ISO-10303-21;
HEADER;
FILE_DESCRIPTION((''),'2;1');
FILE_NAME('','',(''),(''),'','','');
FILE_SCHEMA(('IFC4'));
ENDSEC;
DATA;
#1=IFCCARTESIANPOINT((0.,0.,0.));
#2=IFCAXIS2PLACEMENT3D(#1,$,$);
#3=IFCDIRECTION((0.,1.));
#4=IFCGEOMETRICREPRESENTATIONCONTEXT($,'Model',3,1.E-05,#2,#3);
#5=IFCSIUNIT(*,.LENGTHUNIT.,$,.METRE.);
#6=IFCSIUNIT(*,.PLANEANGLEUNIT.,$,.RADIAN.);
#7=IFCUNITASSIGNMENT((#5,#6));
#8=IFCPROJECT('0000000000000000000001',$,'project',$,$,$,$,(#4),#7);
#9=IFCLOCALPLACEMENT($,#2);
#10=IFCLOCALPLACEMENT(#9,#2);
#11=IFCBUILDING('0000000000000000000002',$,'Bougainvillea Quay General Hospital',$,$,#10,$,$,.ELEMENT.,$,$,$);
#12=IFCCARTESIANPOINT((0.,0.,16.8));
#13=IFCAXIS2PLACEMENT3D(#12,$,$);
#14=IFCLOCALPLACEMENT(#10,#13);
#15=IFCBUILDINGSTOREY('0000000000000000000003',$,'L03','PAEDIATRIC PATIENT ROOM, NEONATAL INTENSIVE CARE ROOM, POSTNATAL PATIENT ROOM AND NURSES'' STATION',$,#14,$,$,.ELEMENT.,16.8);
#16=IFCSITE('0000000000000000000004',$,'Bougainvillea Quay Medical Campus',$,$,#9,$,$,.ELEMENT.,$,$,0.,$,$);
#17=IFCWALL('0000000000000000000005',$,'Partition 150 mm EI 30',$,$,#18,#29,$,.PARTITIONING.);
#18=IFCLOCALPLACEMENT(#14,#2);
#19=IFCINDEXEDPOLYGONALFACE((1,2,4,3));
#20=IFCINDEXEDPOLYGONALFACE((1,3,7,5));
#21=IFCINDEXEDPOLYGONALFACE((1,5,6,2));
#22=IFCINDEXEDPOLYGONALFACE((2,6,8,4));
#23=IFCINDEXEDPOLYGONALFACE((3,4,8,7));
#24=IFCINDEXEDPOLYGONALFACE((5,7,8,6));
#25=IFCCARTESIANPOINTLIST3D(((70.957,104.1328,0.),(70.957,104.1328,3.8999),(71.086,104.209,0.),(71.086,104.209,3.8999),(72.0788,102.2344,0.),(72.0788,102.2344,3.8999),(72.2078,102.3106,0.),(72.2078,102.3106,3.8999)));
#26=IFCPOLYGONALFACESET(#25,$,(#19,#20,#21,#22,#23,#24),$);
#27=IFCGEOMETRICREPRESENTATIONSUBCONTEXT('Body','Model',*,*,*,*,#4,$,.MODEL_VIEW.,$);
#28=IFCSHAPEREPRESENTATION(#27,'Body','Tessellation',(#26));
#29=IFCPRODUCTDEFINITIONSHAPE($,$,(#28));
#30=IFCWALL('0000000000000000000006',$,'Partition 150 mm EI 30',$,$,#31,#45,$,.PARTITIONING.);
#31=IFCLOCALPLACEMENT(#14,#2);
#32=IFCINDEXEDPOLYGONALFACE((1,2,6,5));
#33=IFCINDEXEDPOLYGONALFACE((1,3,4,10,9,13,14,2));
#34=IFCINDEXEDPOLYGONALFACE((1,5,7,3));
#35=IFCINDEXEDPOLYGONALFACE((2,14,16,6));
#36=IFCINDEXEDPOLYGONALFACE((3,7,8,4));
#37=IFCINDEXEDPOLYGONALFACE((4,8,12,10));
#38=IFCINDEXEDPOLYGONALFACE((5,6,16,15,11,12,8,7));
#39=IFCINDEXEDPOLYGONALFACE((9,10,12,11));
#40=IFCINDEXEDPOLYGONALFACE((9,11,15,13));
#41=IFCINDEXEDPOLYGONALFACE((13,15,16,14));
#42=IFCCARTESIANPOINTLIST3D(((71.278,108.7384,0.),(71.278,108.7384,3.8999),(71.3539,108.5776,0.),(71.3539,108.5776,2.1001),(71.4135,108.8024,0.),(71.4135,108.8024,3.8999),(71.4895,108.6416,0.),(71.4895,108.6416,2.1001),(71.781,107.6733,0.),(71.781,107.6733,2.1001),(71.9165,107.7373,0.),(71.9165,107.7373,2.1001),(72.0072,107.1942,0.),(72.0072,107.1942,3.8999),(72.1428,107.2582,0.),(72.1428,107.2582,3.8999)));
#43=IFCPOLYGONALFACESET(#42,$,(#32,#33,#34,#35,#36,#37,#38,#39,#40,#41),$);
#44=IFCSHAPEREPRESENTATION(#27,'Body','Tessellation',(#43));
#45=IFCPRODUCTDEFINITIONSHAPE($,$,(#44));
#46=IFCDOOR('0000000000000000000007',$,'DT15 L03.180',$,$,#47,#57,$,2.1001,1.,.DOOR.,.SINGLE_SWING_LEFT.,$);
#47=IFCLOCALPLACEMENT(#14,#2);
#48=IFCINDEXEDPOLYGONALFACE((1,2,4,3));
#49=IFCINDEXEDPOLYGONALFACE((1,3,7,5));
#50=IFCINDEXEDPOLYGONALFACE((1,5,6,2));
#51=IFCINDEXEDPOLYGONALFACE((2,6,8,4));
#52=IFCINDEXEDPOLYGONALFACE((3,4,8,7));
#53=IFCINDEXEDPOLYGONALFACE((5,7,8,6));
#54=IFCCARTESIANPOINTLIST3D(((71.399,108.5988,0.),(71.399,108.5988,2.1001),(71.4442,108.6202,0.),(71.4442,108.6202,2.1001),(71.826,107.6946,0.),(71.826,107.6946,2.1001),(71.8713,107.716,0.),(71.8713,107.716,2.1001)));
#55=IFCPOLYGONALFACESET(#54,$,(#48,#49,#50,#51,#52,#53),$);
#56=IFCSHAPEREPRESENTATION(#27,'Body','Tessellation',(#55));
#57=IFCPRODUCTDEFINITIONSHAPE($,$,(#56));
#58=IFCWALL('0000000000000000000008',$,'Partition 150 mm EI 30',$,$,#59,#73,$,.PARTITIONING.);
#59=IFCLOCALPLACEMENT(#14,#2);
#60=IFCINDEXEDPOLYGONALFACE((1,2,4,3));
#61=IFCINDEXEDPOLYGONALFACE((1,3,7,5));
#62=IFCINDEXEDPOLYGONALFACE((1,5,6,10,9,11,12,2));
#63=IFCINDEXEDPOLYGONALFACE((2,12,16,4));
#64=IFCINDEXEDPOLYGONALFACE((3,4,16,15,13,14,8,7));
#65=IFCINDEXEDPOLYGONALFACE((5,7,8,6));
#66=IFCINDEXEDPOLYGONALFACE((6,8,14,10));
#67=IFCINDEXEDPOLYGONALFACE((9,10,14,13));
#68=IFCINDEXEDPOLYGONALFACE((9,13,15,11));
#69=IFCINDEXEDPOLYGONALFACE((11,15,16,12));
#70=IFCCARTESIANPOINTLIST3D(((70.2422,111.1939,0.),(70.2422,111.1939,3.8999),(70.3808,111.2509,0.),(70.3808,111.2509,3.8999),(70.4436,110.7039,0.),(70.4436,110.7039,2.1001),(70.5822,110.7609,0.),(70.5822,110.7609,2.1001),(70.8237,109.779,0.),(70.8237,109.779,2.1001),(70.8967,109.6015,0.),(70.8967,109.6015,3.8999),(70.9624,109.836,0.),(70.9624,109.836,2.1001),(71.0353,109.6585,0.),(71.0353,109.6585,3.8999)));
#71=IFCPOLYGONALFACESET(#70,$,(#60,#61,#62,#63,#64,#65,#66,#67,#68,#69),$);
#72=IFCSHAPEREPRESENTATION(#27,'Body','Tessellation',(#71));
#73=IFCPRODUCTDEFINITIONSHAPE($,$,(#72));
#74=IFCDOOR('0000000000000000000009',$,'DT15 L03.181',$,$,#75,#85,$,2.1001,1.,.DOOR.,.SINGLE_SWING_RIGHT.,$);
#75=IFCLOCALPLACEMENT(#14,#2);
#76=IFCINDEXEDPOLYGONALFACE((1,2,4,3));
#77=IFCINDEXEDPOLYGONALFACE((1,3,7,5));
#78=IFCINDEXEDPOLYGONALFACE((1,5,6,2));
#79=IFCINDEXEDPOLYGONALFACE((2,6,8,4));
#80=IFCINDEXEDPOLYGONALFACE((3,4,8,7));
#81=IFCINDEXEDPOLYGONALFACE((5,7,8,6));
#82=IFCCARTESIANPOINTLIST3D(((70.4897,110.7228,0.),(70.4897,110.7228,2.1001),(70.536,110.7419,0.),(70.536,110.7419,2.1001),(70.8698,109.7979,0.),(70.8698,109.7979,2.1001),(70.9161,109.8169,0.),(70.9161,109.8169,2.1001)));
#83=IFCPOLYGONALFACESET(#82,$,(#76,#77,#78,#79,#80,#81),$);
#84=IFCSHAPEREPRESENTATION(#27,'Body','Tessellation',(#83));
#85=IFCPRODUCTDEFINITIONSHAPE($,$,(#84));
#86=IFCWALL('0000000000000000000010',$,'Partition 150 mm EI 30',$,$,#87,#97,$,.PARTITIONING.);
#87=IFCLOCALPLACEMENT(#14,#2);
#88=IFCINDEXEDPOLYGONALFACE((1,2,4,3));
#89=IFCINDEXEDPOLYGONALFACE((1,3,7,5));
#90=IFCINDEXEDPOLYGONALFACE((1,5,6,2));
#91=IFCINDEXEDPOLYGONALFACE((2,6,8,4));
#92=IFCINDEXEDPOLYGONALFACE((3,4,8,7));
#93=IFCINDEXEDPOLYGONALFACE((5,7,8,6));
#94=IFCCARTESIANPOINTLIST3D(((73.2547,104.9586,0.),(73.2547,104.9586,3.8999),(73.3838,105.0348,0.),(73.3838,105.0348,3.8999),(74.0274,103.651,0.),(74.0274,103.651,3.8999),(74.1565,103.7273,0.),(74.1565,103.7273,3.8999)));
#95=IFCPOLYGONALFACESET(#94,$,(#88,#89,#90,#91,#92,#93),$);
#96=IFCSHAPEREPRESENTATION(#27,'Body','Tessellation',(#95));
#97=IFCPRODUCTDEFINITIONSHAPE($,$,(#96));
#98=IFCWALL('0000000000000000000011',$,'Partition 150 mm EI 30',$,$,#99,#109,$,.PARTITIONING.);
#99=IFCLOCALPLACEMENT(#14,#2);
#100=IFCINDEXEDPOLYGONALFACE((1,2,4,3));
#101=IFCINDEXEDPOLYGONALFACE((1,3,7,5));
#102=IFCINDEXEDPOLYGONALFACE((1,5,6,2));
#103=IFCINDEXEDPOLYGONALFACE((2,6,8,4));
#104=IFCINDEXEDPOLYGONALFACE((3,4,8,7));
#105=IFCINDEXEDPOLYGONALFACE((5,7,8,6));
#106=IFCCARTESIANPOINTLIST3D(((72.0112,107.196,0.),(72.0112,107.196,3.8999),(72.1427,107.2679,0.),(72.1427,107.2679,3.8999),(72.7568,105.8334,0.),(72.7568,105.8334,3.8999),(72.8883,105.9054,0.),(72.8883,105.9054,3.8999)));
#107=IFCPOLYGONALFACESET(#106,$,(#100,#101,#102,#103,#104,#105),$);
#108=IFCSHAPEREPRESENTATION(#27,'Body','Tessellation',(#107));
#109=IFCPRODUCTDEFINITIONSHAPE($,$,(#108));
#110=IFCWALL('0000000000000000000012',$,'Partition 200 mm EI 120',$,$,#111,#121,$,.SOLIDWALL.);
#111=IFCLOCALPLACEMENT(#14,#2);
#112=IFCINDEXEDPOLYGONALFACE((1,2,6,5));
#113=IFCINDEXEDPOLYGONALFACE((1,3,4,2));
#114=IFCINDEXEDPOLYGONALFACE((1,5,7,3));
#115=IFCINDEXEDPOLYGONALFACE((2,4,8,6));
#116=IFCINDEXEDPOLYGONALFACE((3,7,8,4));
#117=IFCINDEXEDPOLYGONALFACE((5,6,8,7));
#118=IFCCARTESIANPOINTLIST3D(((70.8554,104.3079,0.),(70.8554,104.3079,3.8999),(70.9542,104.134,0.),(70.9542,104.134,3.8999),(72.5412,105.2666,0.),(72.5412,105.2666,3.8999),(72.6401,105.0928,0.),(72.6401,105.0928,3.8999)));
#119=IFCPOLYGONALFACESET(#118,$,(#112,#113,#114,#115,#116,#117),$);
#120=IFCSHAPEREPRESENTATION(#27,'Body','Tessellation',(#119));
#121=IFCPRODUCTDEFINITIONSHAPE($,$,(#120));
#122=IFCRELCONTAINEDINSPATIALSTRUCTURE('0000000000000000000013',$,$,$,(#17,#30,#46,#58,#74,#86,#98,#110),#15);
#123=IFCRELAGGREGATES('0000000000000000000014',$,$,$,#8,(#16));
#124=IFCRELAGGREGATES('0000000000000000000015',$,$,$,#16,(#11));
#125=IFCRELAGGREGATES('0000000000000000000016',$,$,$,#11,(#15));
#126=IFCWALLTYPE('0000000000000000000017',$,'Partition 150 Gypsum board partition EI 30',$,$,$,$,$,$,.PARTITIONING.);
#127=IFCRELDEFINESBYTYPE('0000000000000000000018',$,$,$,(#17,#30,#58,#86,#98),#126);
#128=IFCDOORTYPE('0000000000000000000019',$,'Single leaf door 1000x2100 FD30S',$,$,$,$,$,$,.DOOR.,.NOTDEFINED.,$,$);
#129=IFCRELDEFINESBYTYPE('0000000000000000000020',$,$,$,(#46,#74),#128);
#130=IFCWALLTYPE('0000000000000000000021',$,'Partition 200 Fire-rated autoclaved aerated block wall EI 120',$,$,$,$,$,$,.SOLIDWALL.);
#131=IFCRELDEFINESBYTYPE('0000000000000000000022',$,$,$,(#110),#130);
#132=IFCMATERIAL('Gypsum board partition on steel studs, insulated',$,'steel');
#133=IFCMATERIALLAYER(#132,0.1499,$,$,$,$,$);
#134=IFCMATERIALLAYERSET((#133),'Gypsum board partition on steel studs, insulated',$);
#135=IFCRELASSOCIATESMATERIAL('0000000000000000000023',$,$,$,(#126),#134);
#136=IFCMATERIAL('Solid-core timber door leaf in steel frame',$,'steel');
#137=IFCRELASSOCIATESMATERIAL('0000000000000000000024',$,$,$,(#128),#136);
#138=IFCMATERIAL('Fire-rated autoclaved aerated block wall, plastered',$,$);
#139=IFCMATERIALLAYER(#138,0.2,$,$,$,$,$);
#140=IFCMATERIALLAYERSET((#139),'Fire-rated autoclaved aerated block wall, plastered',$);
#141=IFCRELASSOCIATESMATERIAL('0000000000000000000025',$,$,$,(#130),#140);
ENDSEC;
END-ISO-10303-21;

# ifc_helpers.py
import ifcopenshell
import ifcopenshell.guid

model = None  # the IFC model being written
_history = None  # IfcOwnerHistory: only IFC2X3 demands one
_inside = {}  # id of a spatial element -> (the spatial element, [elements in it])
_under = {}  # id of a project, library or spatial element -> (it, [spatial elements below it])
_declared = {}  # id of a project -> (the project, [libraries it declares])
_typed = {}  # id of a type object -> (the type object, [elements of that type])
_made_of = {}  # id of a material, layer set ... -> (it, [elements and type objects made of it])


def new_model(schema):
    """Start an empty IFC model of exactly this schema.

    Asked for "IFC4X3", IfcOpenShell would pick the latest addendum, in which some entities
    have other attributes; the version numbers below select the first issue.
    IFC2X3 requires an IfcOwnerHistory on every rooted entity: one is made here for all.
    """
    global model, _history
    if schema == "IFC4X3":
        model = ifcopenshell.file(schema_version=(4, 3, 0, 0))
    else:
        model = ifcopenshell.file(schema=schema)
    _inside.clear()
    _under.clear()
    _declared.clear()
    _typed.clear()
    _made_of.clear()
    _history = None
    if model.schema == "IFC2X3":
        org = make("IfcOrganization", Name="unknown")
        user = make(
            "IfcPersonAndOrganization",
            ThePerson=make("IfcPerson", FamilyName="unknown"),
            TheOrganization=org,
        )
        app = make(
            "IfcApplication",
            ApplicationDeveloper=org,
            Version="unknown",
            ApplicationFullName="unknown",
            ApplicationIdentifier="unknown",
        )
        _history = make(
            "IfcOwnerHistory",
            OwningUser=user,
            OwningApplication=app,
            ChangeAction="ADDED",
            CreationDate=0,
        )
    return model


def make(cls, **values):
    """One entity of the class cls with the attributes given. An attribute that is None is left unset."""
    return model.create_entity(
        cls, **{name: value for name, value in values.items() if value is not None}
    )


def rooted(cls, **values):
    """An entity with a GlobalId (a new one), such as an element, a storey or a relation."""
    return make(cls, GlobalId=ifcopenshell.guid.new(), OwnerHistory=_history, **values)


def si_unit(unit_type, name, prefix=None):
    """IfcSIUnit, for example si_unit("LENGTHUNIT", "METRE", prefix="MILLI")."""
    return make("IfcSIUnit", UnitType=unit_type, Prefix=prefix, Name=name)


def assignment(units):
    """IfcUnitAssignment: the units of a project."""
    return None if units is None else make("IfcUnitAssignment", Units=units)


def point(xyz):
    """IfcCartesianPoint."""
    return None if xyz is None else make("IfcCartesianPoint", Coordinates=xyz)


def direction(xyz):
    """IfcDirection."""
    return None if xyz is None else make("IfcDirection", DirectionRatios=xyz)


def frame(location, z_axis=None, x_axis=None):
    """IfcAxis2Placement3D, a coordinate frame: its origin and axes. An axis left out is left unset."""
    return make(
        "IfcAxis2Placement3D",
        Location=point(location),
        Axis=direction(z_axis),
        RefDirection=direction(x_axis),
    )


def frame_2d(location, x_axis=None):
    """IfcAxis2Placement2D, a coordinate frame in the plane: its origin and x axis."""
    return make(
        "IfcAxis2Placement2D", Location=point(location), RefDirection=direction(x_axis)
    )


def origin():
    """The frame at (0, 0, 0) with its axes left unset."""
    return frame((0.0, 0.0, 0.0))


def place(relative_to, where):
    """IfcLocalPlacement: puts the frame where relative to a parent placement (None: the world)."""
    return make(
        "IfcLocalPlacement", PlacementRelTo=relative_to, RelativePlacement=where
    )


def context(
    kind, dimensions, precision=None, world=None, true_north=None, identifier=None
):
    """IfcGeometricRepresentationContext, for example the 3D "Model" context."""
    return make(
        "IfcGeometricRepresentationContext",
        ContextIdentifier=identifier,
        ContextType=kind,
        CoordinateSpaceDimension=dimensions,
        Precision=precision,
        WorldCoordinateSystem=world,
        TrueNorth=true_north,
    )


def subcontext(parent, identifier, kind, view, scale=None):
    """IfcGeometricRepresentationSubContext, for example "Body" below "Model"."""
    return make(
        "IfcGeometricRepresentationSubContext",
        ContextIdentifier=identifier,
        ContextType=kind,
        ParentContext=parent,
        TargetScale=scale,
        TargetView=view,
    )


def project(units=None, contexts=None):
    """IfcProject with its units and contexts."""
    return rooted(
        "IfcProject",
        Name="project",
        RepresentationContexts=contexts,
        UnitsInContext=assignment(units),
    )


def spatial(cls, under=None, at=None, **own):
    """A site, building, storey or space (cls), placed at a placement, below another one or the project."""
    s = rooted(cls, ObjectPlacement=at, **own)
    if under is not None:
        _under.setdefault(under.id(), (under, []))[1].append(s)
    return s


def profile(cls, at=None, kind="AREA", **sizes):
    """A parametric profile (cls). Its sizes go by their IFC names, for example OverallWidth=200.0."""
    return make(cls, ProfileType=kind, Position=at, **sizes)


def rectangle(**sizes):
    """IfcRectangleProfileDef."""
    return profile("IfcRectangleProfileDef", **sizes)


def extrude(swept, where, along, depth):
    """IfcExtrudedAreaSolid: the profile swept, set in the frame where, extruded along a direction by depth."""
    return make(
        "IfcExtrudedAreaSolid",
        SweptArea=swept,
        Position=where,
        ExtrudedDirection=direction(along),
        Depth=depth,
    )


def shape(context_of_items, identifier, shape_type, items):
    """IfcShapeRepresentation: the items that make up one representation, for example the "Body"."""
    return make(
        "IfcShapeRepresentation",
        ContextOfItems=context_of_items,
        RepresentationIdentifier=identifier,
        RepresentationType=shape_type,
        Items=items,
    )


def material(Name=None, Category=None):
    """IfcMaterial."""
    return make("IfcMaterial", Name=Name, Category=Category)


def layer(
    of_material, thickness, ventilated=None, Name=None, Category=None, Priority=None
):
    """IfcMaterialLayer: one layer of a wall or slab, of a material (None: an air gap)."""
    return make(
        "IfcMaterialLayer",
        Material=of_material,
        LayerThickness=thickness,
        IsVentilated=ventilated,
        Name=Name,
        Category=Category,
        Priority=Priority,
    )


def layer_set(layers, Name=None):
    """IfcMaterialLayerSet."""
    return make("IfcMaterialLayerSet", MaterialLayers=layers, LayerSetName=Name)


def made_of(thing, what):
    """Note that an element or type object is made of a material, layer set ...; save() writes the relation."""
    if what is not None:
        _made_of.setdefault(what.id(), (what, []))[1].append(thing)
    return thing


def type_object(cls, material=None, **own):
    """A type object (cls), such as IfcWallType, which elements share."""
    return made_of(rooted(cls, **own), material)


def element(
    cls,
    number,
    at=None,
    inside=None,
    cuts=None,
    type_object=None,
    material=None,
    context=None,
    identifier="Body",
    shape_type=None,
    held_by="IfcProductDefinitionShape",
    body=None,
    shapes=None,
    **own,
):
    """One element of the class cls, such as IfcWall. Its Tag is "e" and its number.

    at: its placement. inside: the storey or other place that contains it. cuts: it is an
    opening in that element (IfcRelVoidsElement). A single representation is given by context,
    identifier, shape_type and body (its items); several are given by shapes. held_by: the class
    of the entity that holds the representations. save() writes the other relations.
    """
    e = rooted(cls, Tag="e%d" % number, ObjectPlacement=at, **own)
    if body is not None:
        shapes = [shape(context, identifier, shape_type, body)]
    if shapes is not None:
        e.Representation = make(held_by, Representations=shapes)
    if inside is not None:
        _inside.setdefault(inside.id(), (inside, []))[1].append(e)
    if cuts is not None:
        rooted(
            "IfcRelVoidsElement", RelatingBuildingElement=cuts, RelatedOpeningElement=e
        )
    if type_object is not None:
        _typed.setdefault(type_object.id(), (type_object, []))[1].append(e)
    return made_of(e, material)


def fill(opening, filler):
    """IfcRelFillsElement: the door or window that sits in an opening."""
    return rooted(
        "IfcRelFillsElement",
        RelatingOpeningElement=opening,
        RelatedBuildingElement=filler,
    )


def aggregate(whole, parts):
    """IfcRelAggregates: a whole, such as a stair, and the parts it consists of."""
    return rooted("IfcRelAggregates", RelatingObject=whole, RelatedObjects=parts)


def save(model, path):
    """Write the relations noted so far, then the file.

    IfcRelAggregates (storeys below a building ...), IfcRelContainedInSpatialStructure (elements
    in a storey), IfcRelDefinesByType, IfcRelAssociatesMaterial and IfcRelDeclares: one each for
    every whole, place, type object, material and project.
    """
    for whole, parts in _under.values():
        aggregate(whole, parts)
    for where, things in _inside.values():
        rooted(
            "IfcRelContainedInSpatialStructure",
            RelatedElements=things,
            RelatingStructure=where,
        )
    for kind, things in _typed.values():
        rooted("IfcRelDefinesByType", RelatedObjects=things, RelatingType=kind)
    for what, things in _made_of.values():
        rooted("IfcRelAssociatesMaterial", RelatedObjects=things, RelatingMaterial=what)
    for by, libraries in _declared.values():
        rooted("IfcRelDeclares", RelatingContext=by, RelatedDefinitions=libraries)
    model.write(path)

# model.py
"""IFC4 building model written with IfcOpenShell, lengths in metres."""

from ifc_helpers import new_model, si_unit, direction, frame, frame_2d, origin, place, context, subcontext, project, spatial, rectangle, extrude, material, layer, layer_set, type_object, element, fill, save


model = new_model("IFC4")

# Units and contexts
model_context = context("Model", 3, precision=1e-05, world=origin(), true_north=direction((0.0, 1.0)))
body_context = subcontext(model_context, "Body", "Model", "MODEL_VIEW")
ifc_project = project(units=[si_unit("LENGTHUNIT", "METRE"), si_unit("PLANEANGLEUNIT", "RADIAN")], contexts=[model_context])

# Site, building, storey
site_placement = place(None, origin())
site = spatial("IfcSite", under=ifc_project, at=site_placement, Name="Bougainvillea Quay Medical Campus", CompositionType="ELEMENT", RefElevation=0.0)
building_placement = place(site_placement, origin())
building = spatial("IfcBuilding", under=site, at=building_placement, Name="Bougainvillea Quay General Hospital", CompositionType="ELEMENT")
storey_placement = place(building_placement, frame((0.0, 0.0, 16.8)))
storey = spatial("IfcBuildingStorey", under=building, at=storey_placement, Name="L03", Description="PAEDIATRIC PATIENT ROOM, NEONATAL INTENSIVE CARE ROOM, POSTNATAL PATIENT ROOM AND NURSES' STATION", CompositionType="ELEMENT", Elevation=16.8)

# Wall
ifc_material_1 = material(Name="Gypsum board partition on steel studs, insulated", Category="steel")
ifc_layer_1 = layer(ifc_material_1, 0.1499)
ifc_layer_set_1 = layer_set([ifc_layer_1], Name="Gypsum board partition on steel studs, insulated")
wall_type_1 = type_object("IfcWallType", Name="Partition 150 Gypsum board partition EI 30", PredefinedType="PARTITIONING", material=ifc_layer_set_1)
wall_1_placement = place(storey_placement, frame((71.0215, 104.1709, 0.0), z_axis=(0.0, 0.0, 1.0), x_axis=(0.508737, -0.860922, 0.0)))
element("IfcWall", 1, at=wall_1_placement, inside=storey, type_object=wall_type_1, Name="Partition 150 mm EI 30", PredefinedType="PARTITIONING", context=body_context, shape_type="SweptSolid", body=[
    extrude(rectangle(XDim=2.2051, YDim=0.1499, at=frame_2d((1.1025, 0.0))), origin(), (0.0, 0.0, 1.0), 3.8999),
])

# Walls, openings, doors
wall_2_placement = place(storey_placement, frame((71.3457, 108.7705, 0.0), z_axis=(0.0, 0.0, 1.0), x_axis=(0.427029, -0.904238, 0.0)))
wall_2 = element("IfcWall", 2, at=wall_2_placement, inside=storey, type_object=wall_type_1, Name="Partition 150 mm EI 30", PredefinedType="PARTITIONING", context=body_context, shape_type="SweptSolid", body=[
    extrude(rectangle(XDim=1.7078, YDim=0.1499, at=frame_2d((0.854, 0.0))), origin(), (0.0, 0.0, 1.0), 3.8999),
])
opening_1_placement = place(wall_2_placement, frame((0.178, 0.0, 0.0)))
opening_1 = element("IfcOpeningElement", 3, at=opening_1_placement, cuts=wall_2, PredefinedType="OPENING", context=body_context, shape_type="SweptSolid", body=[
    extrude(rectangle(XDim=1.0, YDim=2.1001, at=frame_2d((0.5, 1.05))), frame((0.0, 0.085, 0.0), z_axis=(0.0, -1.0, 0.0), x_axis=(1.0, 0.0, 0.0)), (0.0, 0.0, 1.0), 0.1699),
])
ifc_material_2 = material(Name="Solid-core timber door leaf in steel frame", Category="steel")
door_type = type_object("IfcDoorType", Name="Single leaf door 1000x2100 FD30S", OperationType="NOTDEFINED", PredefinedType="DOOR", material=ifc_material_2)
door_1_placement = place(opening_1_placement, origin())
door_1 = element("IfcDoor", 4, at=door_1_placement, inside=storey, type_object=door_type, Name="DT15 L03.180", OperationType="SINGLE_SWING_LEFT", OverallHeight=2.1001, OverallWidth=1.0, PredefinedType="DOOR", context=body_context, shape_type="SweptSolid", body=[
    extrude(rectangle(XDim=1.0, YDim=2.1001, at=frame_2d((0.5, 1.05))), frame((0.0, 0.0249, 0.0), z_axis=(0.0, -1.0, 0.0), x_axis=(1.0, 0.0, 0.0)), (0.0, 0.0, 1.0), 0.05),
])
fill(opening_1, door_1)
wall_3_placement = place(storey_placement, frame((70.3115, 111.2224, 0.0), z_axis=(0.0, 0.0, 1.0), x_axis=(0.380151, -0.924925, 0.0)))
wall_3 = element("IfcWall", 5, at=wall_3_placement, inside=storey, type_object=wall_type_1, Name="Partition 150 mm EI 30", PredefinedType="PARTITIONING", context=body_context, shape_type="SweptSolid", body=[
    extrude(rectangle(XDim=1.7217, YDim=0.1499, at=frame_2d((0.8608, 0.0))), origin(), (0.0, 0.0, 1.0), 3.8999),
])
opening_2_placement = place(wall_3_placement, frame((0.5298, 0.0, 0.0)))
opening_2 = element("IfcOpeningElement", 6, at=opening_2_placement, cuts=wall_3, PredefinedType="OPENING", context=body_context, shape_type="SweptSolid", body=[
    extrude(rectangle(XDim=1.0, YDim=2.1001, at=frame_2d((0.5, 1.05))), frame((0.0, 0.085, 0.0), z_axis=(0.0, -1.0, 0.0), x_axis=(1.0, 0.0, 0.0)), (0.0, 0.0, 1.0), 0.1699),
])
door_2_placement = place(opening_2_placement, origin())
door_2 = element("IfcDoor", 7, at=door_2_placement, inside=storey, type_object=door_type, Name="DT15 L03.181", OperationType="SINGLE_SWING_RIGHT", OverallHeight=2.1001, OverallWidth=1.0, PredefinedType="DOOR", context=body_context, shape_type="SweptSolid", body=[
    extrude(rectangle(XDim=1.0, YDim=2.1001, at=frame_2d((0.5, 1.05))), frame((0.0, 0.0249, 0.0), z_axis=(0.0, -1.0, 0.0), x_axis=(1.0, 0.0, 0.0)), (0.0, 0.0, 1.0), 0.05),
])
fill(opening_2, door_2)

# Walls
wall_4_placement = place(storey_placement, frame((73.3193, 104.9966, 0.0), z_axis=(0.0, 0.0, 1.0), x_axis=(0.50874, -0.86092, 0.0)))
element("IfcWall", 8, at=wall_4_placement, inside=storey, type_object=wall_type_1, Name="Partition 150 mm EI 30", PredefinedType="PARTITIONING", context=body_context, shape_type="SweptSolid", body=[
    extrude(rectangle(XDim=1.5188, YDim=0.1499, at=frame_2d((0.7593, 0.0))), origin(), (0.0, 0.0, 1.0), 3.8999),
])
wall_5_placement = place(storey_placement, frame((72.0769, 107.2319, 0.0), z_axis=(0.0, 0.0, 1.0), x_axis=(0.480041, -0.877246, 0.0)))
element("IfcWall", 9, at=wall_5_placement, inside=storey, type_object=wall_type_1, Name="Partition 150 mm EI 30", PredefinedType="PARTITIONING", context=body_context, shape_type="SweptSolid", body=[
    extrude(rectangle(XDim=1.5532, YDim=0.1499, at=frame_2d((0.7766, 0.0))), origin(), (0.0, 0.0, 1.0), 3.8999),
])
ifc_material_3 = material(Name="Fire-rated autoclaved aerated block wall, plastered")
ifc_layer_2 = layer(ifc_material_3, 0.2)
ifc_layer_set_2 = layer_set([ifc_layer_2], Name="Fire-rated autoclaved aerated block wall, plastered")
wall_type_2 = type_object("IfcWallType", Name="Partition 200 Fire-rated autoclaved aerated block wall EI 120", PredefinedType="SOLIDWALL", material=ifc_layer_set_2)
wall_6_placement = place(storey_placement, frame((70.9048, 104.2209, 0.0), z_axis=(0.0, 0.0, 1.0), x_axis=(0.869256, 0.494362, 0.0)))
element("IfcWall", 10, at=wall_6_placement, inside=storey, type_object=wall_type_2, Name="Partition 200 mm EI 120", PredefinedType="SOLIDWALL", context=body_context, shape_type="SweptSolid", body=[
    extrude(rectangle(XDim=1.9395, YDim=0.2, at=frame_2d((0.9697, 0.0))), origin(), (0.0, 0.0, 1.0), 3.8999),
])

save(model, "model.ifc")
